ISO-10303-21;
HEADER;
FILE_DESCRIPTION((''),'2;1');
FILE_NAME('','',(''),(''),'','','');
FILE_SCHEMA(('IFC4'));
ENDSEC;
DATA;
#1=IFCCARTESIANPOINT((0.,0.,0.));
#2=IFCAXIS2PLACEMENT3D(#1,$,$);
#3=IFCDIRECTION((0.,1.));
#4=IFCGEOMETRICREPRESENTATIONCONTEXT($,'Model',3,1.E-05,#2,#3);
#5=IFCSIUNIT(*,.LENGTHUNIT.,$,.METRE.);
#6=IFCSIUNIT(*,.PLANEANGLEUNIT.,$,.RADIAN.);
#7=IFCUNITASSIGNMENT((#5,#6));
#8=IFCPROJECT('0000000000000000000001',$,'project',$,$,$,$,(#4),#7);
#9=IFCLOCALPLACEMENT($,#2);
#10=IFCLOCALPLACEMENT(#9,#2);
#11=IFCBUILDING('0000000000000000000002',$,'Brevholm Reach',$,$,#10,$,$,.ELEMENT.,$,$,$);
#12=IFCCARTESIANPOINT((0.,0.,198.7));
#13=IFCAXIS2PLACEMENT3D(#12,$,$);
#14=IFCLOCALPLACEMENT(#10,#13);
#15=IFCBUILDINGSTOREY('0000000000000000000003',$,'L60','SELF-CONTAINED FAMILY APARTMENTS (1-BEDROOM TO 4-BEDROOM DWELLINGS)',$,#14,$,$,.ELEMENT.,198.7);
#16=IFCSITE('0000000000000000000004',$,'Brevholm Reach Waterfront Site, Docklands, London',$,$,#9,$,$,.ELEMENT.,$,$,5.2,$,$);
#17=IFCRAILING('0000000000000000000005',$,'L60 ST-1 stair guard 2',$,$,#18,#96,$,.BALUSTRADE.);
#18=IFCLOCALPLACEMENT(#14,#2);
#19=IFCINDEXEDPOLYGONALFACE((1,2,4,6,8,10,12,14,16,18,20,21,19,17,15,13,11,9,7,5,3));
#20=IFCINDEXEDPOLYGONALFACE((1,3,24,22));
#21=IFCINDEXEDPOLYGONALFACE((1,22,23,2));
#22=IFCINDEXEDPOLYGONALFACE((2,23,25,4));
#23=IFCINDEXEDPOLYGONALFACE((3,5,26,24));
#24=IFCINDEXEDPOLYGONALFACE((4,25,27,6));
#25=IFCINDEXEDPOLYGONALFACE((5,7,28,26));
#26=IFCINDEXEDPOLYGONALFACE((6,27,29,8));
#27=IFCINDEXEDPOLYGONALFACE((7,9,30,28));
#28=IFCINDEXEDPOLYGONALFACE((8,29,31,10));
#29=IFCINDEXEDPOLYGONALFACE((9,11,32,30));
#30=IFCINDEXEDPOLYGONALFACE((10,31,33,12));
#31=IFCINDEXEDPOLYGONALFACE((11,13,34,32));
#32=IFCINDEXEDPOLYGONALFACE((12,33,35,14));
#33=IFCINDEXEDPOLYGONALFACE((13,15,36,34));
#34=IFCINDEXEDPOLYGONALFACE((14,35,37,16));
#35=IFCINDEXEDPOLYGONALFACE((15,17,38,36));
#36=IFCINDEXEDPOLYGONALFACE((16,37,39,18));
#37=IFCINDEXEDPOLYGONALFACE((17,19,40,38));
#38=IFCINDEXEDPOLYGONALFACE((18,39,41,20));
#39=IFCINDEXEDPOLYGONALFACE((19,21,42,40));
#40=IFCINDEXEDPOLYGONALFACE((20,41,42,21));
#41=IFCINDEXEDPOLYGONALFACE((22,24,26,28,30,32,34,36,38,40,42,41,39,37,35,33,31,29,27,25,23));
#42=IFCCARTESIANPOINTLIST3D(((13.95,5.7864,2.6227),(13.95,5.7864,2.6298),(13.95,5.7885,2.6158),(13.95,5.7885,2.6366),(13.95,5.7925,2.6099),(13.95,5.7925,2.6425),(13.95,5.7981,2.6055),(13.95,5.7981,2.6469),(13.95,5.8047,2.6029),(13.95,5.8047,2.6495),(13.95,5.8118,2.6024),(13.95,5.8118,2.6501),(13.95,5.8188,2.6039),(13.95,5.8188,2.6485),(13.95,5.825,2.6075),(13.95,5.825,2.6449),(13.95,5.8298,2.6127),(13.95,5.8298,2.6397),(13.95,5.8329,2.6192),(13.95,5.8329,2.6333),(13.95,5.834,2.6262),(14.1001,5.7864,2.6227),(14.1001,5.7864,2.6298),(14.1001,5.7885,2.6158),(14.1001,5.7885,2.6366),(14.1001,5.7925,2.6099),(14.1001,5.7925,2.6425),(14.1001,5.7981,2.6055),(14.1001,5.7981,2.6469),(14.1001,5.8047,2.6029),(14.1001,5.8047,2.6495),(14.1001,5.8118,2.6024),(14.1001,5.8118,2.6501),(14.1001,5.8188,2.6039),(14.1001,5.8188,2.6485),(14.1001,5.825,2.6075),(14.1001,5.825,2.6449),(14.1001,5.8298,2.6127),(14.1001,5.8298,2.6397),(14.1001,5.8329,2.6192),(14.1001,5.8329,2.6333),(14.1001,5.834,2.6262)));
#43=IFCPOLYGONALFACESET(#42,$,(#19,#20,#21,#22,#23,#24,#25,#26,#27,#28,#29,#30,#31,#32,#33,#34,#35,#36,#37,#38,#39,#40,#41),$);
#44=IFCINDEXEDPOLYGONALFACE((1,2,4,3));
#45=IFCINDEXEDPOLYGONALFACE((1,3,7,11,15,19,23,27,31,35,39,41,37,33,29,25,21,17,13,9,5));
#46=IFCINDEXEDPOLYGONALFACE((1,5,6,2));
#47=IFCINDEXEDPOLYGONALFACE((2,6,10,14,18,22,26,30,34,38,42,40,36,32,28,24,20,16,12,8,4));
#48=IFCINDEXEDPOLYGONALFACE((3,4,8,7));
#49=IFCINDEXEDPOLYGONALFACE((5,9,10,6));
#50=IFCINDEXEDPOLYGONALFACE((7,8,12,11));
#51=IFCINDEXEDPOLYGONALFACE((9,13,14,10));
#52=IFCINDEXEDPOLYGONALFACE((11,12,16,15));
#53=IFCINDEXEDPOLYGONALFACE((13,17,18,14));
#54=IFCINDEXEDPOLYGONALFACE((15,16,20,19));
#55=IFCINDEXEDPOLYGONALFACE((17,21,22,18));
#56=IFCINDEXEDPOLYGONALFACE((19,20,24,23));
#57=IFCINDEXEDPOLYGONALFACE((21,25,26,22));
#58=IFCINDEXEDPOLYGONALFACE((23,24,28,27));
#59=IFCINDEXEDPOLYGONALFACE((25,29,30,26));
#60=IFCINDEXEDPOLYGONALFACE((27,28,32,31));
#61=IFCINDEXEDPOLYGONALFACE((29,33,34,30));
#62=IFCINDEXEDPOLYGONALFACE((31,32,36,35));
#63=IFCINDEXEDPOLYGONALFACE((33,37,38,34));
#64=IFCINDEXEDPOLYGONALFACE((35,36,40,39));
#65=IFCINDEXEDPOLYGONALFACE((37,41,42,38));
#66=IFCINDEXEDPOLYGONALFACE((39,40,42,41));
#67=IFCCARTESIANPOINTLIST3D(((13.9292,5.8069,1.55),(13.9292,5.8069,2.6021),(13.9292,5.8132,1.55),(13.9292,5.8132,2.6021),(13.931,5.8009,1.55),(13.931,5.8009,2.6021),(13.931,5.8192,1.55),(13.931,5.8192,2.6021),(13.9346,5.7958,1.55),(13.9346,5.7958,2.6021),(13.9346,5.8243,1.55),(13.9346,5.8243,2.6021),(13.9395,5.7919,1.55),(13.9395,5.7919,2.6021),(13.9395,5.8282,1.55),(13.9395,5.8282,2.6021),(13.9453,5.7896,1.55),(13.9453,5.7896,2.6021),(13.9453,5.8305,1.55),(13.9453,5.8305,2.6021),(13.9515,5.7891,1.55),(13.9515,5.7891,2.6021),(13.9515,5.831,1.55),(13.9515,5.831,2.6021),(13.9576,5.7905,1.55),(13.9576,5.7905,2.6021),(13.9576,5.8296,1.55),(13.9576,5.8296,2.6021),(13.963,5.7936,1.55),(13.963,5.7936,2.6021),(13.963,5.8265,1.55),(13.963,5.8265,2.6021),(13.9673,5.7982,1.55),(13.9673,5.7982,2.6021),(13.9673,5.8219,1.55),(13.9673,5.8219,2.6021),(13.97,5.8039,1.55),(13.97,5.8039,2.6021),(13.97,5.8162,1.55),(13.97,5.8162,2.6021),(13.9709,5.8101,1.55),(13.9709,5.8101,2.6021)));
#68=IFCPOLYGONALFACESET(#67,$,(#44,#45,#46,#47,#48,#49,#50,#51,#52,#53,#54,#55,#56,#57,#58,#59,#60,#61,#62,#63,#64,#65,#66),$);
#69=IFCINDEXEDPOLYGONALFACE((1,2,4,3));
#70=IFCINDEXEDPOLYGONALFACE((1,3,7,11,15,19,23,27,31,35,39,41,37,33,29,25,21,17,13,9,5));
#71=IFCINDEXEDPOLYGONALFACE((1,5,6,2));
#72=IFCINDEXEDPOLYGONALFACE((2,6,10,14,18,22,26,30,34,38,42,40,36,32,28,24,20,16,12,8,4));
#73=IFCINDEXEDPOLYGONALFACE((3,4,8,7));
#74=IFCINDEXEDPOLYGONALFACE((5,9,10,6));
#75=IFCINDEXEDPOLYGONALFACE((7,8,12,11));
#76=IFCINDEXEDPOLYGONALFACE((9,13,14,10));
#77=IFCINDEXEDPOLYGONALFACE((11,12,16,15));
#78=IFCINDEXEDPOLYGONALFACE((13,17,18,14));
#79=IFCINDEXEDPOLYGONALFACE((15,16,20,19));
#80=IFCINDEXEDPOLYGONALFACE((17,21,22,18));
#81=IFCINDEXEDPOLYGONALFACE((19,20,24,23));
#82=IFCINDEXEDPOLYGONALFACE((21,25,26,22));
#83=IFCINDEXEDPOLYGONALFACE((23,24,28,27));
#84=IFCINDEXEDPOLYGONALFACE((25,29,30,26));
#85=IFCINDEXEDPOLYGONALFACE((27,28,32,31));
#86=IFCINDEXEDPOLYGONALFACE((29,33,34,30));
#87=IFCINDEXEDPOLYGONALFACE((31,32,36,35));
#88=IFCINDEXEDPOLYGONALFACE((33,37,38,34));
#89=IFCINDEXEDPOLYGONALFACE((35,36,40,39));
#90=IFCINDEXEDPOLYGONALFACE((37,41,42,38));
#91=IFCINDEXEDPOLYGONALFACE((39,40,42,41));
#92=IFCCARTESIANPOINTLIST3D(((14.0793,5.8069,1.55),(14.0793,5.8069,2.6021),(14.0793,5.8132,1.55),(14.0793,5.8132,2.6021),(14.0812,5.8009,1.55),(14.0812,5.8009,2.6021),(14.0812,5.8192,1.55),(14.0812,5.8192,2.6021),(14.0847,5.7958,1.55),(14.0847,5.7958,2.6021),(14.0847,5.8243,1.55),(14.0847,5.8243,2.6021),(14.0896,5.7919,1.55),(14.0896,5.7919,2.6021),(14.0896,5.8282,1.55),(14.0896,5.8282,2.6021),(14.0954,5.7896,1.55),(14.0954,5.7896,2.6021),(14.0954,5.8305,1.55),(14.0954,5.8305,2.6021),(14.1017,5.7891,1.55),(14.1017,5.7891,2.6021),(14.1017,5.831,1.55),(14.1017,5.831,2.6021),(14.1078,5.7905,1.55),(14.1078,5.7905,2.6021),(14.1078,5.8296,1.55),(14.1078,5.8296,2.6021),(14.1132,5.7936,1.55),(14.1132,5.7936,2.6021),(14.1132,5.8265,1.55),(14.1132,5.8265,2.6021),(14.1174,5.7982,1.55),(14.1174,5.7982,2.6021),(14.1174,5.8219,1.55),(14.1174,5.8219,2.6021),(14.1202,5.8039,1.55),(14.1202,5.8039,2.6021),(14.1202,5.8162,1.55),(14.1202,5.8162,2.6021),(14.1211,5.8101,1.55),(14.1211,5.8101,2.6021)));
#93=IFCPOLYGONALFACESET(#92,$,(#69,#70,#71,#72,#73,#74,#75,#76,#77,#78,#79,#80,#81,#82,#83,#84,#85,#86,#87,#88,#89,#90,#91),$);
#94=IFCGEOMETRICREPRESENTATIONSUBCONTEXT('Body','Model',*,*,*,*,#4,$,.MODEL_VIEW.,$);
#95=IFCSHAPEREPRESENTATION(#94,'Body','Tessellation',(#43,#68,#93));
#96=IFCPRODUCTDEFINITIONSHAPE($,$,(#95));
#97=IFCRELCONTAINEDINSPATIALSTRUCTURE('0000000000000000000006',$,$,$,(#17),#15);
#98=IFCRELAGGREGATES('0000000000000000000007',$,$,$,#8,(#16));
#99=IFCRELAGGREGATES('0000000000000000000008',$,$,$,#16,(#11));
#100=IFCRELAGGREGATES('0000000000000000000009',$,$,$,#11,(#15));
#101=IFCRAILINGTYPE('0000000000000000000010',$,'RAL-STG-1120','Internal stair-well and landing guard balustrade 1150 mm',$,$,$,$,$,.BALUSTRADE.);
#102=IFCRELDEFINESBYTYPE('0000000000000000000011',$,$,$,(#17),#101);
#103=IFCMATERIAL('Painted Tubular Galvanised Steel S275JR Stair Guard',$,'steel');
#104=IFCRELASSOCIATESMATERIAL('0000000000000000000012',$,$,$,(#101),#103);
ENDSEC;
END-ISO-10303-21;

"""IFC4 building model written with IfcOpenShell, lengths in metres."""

from ifc_helpers import new_model, si_unit, direction, frame, origin, origin_2d, place, context, subcontext, project, spatial, circle, extrude, material, type_object, element, save


model = new_model("IFC4")

# Units and contexts
model_context = context("Model", 3, precision=1e-05, world=origin(), true_north=direction((0.0, 1.0)))
body_context = subcontext(model_context, "Body", "Model", "MODEL_VIEW")
ifc_project = project(units=[si_unit("LENGTHUNIT", "METRE"), si_unit("PLANEANGLEUNIT", "RADIAN")], contexts=[model_context])

# Site, building, storey
site_placement = place(None, origin())
site = spatial("IfcSite", under=ifc_project, at=site_placement, Name="Brevholm Reach Waterfront Site, Docklands, London", CompositionType="ELEMENT", RefElevation=5.2)
building_placement = place(site_placement, origin())
building = spatial("IfcBuilding", under=site, at=building_placement, Name="Brevholm Reach", CompositionType="ELEMENT")
storey_placement = place(building_placement, frame((0.0, 0.0, 198.7)))
storey = spatial("IfcBuildingStorey", under=building, at=storey_placement, Name="L60", Description="SELF-CONTAINED FAMILY APARTMENTS (1-BEDROOM TO 4-BEDROOM DWELLINGS)", CompositionType="ELEMENT", Elevation=198.7)

# Railing
ifc_material_1 = material(Name="Painted Tubular Galvanised Steel S275JR Stair Guard", Category="steel")
railing_type_1 = type_object("IfcRailingType", Name="RAL-STG-1120", Description="Internal stair-well and landing guard balustrade 1150 mm", PredefinedType="BALUSTRADE", material=ifc_material_1)
railing_1_placement = place(storey_placement, frame((13.95, 5.8101, 1.55)))
element("IfcRailing", 1, at=railing_1_placement, inside=storey, type_object=railing_type_1, Name="L60 ST-1 stair guard 2", PredefinedType="BALUSTRADE", context=body_context, shape_type="SweptSolid", body=[
    extrude(circle(Radius=0.0239, at=origin_2d()), frame((0.0, 0.0, 1.0762), z_axis=(1.0, 0.0, 0.0), x_axis=(0.0, 1.0, 0.0)), (0.0, 0.0, 1.0), 0.1501),
    extrude(circle(Radius=0.021, at=origin_2d()), origin(), (0.0, 0.0, 1.0), 1.052),
    extrude(circle(Radius=0.021, at=origin_2d()), frame((0.1501, 0.0, 0.0)), (0.0, 0.0, 1.0), 1.052),
])

save(model, "model.ifc")
